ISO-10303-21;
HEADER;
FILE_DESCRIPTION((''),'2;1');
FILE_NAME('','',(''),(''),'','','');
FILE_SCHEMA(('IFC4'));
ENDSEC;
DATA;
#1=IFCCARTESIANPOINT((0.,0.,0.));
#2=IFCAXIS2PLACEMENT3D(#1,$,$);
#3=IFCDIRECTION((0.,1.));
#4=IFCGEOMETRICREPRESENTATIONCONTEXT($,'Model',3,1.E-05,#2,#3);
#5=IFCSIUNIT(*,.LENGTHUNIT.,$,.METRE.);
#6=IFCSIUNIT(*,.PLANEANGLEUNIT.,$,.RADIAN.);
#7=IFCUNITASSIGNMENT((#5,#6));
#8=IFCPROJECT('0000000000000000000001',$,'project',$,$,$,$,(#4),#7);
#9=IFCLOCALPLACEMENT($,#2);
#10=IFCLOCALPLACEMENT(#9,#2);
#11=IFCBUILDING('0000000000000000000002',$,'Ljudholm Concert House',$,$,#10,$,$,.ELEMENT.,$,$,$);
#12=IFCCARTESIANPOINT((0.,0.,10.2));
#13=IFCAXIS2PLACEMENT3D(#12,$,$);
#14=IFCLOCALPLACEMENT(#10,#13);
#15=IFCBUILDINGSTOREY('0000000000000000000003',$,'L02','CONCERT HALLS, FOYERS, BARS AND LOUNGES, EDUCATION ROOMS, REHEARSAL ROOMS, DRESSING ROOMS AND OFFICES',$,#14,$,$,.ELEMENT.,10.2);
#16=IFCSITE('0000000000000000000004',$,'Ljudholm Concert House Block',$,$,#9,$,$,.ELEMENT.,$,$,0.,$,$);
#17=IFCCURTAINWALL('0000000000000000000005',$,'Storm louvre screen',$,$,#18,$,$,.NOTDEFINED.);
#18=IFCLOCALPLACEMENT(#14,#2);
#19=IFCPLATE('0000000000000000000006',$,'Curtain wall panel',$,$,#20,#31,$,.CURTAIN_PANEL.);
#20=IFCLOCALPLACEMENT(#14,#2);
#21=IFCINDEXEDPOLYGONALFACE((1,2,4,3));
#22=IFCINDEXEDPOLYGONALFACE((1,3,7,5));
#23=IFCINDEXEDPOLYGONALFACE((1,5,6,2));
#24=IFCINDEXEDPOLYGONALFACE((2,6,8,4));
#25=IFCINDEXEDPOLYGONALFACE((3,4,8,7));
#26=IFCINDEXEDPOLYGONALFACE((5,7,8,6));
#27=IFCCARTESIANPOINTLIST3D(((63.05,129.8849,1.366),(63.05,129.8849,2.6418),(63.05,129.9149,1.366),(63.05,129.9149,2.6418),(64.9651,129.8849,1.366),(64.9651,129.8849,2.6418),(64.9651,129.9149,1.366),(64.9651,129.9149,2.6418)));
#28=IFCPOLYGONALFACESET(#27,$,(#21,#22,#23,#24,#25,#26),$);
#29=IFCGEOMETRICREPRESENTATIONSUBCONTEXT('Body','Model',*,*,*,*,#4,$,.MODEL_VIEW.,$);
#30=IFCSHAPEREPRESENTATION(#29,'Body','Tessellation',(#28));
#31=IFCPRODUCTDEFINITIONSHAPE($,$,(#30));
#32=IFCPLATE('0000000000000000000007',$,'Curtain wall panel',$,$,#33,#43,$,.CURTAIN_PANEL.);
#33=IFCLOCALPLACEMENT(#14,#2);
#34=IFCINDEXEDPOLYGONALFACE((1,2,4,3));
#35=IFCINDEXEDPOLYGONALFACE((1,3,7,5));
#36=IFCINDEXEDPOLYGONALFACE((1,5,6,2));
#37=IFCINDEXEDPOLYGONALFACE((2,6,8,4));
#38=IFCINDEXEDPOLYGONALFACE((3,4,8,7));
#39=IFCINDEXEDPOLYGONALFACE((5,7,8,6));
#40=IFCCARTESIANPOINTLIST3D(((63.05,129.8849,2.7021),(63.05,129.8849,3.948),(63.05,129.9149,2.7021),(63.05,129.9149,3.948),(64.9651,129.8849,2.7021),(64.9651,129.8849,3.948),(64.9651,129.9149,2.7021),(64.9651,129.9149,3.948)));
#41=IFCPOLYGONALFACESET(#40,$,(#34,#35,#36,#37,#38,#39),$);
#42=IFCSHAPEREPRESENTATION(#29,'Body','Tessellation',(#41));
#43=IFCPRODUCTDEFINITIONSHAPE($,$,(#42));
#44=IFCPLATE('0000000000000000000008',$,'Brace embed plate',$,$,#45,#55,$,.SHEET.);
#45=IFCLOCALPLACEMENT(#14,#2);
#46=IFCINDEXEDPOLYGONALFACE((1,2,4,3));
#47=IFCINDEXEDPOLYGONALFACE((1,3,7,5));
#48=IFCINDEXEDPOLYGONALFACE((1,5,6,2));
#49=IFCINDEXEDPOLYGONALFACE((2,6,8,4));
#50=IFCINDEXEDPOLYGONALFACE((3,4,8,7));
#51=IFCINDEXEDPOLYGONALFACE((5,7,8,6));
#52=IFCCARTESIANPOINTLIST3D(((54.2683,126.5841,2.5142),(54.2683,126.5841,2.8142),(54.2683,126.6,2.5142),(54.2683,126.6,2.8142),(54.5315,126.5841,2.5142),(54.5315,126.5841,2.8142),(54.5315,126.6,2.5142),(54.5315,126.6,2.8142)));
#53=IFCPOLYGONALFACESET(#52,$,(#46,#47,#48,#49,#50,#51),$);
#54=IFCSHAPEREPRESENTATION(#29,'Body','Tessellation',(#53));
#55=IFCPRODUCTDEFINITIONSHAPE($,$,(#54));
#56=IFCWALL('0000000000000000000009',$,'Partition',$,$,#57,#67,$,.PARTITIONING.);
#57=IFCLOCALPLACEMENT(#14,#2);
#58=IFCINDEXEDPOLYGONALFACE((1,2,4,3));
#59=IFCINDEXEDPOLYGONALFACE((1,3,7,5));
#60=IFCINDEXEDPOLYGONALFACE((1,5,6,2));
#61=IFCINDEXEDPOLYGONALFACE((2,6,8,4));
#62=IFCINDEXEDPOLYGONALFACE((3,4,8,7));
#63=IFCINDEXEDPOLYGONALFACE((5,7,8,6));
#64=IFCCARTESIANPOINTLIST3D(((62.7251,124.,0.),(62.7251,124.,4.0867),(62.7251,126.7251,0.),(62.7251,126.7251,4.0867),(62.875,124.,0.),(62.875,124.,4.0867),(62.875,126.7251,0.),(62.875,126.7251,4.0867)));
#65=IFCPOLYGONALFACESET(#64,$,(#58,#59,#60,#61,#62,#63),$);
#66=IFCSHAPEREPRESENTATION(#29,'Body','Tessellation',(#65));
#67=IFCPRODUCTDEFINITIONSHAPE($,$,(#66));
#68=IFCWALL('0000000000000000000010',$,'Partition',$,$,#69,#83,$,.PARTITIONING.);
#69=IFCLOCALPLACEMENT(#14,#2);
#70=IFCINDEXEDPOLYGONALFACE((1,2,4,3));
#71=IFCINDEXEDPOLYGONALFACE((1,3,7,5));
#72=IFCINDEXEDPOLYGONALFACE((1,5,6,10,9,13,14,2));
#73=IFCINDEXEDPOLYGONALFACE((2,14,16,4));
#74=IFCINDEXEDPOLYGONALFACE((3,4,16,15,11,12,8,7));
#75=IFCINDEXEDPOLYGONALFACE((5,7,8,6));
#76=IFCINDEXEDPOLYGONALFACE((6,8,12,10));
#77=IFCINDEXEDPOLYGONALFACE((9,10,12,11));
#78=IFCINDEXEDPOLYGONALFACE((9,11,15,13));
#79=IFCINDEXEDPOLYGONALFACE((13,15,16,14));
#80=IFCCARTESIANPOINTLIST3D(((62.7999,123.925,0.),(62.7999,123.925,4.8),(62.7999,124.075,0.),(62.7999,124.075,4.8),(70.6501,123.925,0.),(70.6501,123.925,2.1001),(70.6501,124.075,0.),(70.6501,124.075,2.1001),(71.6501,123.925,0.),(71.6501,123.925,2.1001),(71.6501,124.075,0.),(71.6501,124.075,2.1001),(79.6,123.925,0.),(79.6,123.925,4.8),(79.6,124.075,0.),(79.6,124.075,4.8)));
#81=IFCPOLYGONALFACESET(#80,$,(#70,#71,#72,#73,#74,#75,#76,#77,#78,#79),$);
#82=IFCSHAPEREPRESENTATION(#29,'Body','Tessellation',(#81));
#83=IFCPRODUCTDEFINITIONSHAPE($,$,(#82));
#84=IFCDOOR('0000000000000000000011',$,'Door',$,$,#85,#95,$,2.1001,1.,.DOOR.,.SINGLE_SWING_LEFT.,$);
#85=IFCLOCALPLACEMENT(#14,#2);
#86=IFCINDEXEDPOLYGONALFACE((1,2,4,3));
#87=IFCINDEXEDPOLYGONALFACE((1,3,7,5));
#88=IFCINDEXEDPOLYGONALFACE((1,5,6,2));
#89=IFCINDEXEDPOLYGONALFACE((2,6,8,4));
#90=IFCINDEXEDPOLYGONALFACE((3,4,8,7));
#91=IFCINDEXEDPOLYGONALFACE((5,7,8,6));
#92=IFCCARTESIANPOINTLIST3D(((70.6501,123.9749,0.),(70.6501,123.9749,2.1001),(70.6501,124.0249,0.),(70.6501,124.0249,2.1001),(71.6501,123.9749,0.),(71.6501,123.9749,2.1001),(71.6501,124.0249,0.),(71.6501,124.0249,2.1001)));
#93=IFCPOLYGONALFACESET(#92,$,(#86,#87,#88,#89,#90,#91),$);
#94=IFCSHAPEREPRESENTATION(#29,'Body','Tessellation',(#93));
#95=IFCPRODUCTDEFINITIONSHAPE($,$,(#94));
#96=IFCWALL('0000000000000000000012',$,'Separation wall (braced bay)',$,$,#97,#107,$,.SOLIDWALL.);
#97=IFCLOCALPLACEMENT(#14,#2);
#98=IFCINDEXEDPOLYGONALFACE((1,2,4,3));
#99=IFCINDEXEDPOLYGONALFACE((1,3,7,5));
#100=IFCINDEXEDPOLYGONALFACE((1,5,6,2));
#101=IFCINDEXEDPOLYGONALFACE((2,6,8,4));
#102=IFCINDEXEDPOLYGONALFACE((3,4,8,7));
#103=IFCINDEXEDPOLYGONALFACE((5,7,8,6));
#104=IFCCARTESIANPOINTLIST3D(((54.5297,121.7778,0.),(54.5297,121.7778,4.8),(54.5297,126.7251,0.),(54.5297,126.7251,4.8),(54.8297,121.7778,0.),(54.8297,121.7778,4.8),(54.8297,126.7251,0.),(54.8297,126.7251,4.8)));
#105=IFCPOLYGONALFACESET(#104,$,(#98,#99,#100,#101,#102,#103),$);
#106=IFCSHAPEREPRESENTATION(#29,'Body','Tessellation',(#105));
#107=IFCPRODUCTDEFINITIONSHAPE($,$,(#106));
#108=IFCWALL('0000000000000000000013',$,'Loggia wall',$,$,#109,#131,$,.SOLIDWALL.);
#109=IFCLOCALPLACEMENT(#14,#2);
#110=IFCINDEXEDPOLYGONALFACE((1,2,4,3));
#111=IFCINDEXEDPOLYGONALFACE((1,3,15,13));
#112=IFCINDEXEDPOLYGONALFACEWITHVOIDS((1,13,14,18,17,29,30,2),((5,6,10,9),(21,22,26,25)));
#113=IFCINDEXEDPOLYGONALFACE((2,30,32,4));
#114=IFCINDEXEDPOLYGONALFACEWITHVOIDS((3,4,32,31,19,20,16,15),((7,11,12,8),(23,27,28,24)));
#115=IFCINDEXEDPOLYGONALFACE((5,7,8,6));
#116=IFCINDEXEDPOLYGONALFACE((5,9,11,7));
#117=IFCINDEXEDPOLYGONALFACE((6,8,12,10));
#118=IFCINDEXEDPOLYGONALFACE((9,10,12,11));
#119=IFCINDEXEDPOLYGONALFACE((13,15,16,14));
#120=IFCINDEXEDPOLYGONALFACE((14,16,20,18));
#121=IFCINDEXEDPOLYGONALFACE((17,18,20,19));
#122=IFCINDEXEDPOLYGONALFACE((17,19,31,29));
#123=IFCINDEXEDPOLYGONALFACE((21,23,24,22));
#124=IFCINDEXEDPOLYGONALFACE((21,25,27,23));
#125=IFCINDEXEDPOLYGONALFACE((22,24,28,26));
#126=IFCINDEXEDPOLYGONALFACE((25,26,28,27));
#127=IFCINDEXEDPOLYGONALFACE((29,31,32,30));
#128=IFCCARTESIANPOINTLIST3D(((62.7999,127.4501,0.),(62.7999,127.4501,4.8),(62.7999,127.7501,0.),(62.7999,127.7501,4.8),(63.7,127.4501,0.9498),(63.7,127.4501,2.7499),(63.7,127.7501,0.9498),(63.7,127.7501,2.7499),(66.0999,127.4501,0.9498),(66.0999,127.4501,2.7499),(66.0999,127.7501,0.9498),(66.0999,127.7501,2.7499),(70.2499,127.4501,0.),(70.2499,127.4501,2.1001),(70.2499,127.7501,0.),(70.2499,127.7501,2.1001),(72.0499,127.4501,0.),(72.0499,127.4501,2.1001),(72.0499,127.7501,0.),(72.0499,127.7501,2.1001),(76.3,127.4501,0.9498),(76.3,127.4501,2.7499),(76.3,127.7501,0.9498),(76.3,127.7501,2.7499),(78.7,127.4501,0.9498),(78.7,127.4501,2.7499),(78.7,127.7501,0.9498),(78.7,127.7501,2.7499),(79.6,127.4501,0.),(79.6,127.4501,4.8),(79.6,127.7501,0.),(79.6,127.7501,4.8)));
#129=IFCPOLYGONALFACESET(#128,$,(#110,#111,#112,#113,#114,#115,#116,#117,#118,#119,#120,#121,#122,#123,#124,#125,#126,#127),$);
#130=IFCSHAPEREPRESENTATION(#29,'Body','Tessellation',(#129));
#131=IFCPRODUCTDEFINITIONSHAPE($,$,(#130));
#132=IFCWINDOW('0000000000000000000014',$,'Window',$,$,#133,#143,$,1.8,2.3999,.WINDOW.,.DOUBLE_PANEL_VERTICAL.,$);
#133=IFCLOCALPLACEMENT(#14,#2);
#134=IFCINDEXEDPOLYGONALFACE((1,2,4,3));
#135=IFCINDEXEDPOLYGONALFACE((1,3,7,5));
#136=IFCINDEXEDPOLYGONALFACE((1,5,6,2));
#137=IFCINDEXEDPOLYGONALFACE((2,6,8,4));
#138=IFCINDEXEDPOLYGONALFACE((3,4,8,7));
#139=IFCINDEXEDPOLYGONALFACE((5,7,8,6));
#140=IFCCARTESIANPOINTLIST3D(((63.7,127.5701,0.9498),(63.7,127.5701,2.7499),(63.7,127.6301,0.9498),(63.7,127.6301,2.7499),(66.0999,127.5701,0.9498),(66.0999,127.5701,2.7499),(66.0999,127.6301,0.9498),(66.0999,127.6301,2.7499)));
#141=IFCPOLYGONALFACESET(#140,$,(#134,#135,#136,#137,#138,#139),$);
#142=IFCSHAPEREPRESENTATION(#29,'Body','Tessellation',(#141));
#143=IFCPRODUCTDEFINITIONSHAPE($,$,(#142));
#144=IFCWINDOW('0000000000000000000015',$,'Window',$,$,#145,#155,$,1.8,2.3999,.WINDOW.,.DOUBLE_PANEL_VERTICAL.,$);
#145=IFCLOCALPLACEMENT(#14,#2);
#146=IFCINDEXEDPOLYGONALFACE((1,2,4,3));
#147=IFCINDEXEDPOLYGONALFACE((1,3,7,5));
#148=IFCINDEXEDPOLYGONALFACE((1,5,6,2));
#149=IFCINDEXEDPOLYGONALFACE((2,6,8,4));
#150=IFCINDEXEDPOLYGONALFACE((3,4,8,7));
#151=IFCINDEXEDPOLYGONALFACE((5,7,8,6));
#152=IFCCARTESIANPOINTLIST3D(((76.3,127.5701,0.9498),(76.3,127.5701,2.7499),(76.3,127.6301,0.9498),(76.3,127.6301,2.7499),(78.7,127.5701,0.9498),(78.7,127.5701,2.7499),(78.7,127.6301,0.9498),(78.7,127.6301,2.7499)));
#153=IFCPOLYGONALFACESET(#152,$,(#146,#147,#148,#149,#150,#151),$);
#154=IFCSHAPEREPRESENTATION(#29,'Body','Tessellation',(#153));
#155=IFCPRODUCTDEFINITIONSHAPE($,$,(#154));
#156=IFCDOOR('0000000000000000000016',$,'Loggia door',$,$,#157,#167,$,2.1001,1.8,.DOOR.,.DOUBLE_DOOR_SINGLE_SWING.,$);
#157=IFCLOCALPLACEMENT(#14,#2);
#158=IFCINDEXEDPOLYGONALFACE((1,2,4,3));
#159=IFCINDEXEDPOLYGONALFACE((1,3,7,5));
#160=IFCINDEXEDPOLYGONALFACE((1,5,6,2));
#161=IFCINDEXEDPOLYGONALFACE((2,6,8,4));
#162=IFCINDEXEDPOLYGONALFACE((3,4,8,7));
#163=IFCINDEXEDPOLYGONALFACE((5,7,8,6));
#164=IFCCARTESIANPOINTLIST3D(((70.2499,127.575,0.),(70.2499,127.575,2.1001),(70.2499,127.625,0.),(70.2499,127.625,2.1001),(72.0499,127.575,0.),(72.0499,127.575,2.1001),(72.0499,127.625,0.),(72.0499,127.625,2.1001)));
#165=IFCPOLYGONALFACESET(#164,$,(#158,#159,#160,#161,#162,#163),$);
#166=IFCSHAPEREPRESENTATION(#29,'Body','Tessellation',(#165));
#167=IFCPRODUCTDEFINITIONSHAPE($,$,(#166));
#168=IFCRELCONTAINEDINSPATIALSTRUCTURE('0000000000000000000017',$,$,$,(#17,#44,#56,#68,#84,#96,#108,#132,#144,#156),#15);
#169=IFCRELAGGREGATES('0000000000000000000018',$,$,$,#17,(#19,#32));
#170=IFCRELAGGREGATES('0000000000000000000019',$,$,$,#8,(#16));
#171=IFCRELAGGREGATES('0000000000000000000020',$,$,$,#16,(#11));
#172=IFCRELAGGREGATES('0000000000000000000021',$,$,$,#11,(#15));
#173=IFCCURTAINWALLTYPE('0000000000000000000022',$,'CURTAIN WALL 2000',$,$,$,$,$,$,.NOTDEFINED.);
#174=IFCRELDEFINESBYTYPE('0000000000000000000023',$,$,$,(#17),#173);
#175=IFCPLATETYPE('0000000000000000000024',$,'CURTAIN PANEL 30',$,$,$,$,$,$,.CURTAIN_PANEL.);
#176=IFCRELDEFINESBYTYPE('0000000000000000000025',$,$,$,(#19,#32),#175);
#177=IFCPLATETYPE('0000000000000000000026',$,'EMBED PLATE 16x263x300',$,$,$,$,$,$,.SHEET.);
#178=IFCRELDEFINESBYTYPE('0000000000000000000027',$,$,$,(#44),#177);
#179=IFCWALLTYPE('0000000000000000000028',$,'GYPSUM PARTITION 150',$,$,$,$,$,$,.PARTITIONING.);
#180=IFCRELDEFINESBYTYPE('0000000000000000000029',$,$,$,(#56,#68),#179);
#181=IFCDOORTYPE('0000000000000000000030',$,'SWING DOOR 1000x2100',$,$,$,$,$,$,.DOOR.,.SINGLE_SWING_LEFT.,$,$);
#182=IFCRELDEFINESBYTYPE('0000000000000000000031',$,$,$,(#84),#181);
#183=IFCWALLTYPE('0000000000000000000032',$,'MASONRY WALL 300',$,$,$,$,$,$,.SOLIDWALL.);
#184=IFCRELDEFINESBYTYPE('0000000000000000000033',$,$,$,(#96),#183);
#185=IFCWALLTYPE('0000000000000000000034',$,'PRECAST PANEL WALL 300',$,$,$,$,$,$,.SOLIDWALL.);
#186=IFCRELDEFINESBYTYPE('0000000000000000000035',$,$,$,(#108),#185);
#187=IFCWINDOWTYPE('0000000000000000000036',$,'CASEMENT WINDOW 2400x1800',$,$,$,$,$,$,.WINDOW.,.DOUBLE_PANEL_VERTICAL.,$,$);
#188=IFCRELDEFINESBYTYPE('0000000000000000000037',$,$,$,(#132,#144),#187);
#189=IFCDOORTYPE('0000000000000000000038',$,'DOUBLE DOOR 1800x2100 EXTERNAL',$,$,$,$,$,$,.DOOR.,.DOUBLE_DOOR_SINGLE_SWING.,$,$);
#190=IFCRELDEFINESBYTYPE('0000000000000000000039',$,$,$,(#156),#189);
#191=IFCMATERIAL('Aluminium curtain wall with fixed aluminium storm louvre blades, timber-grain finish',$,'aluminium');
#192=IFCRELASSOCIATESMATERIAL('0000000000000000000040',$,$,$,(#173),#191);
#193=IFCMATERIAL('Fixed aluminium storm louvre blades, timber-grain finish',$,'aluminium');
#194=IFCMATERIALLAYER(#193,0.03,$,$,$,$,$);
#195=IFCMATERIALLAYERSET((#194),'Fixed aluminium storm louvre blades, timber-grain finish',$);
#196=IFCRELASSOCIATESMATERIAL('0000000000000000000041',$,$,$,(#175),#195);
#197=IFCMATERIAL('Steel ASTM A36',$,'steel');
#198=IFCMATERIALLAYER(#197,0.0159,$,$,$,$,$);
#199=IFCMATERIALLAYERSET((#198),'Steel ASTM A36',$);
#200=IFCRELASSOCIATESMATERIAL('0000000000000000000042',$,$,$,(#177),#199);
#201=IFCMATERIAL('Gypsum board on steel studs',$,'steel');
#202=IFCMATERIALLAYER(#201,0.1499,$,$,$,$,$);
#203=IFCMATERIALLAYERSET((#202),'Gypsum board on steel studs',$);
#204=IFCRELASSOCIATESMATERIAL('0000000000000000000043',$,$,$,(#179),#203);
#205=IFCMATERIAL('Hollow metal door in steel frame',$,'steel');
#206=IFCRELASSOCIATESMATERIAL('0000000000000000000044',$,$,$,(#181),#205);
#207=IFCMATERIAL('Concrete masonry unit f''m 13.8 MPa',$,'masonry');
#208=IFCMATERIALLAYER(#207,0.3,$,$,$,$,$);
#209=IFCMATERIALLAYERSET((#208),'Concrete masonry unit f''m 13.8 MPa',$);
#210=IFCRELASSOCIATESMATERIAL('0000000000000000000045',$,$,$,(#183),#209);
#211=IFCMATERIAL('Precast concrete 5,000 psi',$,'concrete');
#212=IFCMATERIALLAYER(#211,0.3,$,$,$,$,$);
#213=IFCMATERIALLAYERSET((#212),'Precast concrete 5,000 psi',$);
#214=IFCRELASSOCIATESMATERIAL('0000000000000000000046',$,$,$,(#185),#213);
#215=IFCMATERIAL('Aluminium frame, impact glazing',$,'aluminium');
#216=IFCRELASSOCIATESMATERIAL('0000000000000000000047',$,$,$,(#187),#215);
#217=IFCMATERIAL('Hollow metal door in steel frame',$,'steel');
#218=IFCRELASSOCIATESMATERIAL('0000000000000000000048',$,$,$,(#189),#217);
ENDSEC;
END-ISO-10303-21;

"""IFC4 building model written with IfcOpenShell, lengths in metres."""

from ifc_helpers import new_model, si_unit, direction, frame, frame_2d, origin, origin_2d, place, context, subcontext, project, spatial, rectangle, extrude, material, layer, layer_set, type_object, element, fill, aggregate, save


model = new_model("IFC4")

# Units and contexts
model_context = context("Model", 3, precision=1e-05, world=origin(), true_north=direction((0.0, 1.0)))
body_context = subcontext(model_context, "Body", "Model", "MODEL_VIEW")
ifc_project = project(units=[si_unit("LENGTHUNIT", "METRE"), si_unit("PLANEANGLEUNIT", "RADIAN")], contexts=[model_context])

# Site, building, storey
site_placement = place(None, origin())
site = spatial("IfcSite", under=ifc_project, at=site_placement, Name="Ljudholm Concert House Block", CompositionType="ELEMENT", RefElevation=0.0)
building_placement = place(site_placement, origin())
building = spatial("IfcBuilding", under=site, at=building_placement, Name="Ljudholm Concert House", CompositionType="ELEMENT")
storey_placement = place(building_placement, frame((0.0, 0.0, 10.2)))
storey = spatial("IfcBuildingStorey", under=building, at=storey_placement, Name="L02", Description="CONCERT HALLS, FOYERS, BARS AND LOUNGES, EDUCATION ROOMS, REHEARSAL ROOMS, DRESSING ROOMS AND OFFICES", CompositionType="ELEMENT", Elevation=10.2)

# Curtain wall
ifc_material_1 = material(Name="Aluminium curtain wall with fixed aluminium storm louvre blades, timber-grain finish", Category="aluminium")
curtain_wall_type_1 = type_object("IfcCurtainWallType", Name="CURTAIN WALL 2000", PredefinedType="NOTDEFINED", material=ifc_material_1)
curtain_wall_1_placement = place(storey_placement, origin())
curtain_wall_1 = element("IfcCurtainWall", 1, at=curtain_wall_1_placement, inside=storey, type_object=curtain_wall_type_1, Name="Storm louvre screen", PredefinedType="NOTDEFINED")

# Plates
ifc_material_2 = material(Name="Fixed aluminium storm louvre blades, timber-grain finish", Category="aluminium")
ifc_layer_1 = layer(ifc_material_2, 0.03)
ifc_layer_set_1 = layer_set([ifc_layer_1], Name="Fixed aluminium storm louvre blades, timber-grain finish")
plate_type_1 = type_object("IfcPlateType", Name="CURTAIN PANEL 30", PredefinedType="CURTAIN_PANEL", material=ifc_layer_set_1)
plate_1_placement = place(storey_placement, frame((64.0076, 129.8999, 1.366), z_axis=(0.0, 0.0, 1.0), x_axis=(1.0, 0.0, 0.0)))
plate_1 = element("IfcPlate", 2, at=plate_1_placement, type_object=plate_type_1, Name="Curtain wall panel", PredefinedType="CURTAIN_PANEL", context=body_context, shape_type="SweptSolid", body=[
    extrude(rectangle(XDim=1.915, YDim=0.03, at=origin_2d()), origin(), (0.0, 0.0, 1.0), 1.2759),
])
plate_2_placement = place(storey_placement, frame((64.0076, 129.8999, 2.7021), z_axis=(0.0, 0.0, 1.0), x_axis=(1.0, 0.0, 0.0)))
plate_2 = element("IfcPlate", 3, at=plate_2_placement, type_object=plate_type_1, Name="Curtain wall panel", PredefinedType="CURTAIN_PANEL", context=body_context, shape_type="SweptSolid", body=[
    extrude(rectangle(XDim=1.915, YDim=0.03, at=origin_2d()), origin(), (0.0, 0.0, 1.0), 1.2458),
])
aggregate(curtain_wall_1, [plate_1, plate_2])
ifc_material_3 = material(Name="Steel ASTM A36", Category="steel")
ifc_layer_2 = layer(ifc_material_3, 0.0159)
ifc_layer_set_2 = layer_set([ifc_layer_2], Name="Steel ASTM A36")
plate_type_2 = type_object("IfcPlateType", Name="EMBED PLATE 16x263x300", PredefinedType="SHEET", material=ifc_layer_set_2)
plate_3_placement = place(storey_placement, frame((54.3999, 126.592, 2.5142), z_axis=(0.0, 0.0, 1.0), x_axis=(1.0, 0.0, 0.0)))
element("IfcPlate", 4, at=plate_3_placement, inside=storey, type_object=plate_type_2, Name="Brace embed plate", PredefinedType="SHEET", context=body_context, shape_type="SweptSolid", body=[
    extrude(rectangle(XDim=0.2632, YDim=0.0159, at=origin_2d()), origin(), (0.0, 0.0, 1.0), 0.3),
])

# Wall
ifc_material_4 = material(Name="Gypsum board on steel studs", Category="steel")
ifc_layer_3 = layer(ifc_material_4, 0.1499)
ifc_layer_set_3 = layer_set([ifc_layer_3], Name="Gypsum board on steel studs")
wall_type_1 = type_object("IfcWallType", Name="GYPSUM PARTITION 150", PredefinedType="PARTITIONING", material=ifc_layer_set_3)
wall_1_placement = place(storey_placement, frame((62.8, 124.0, 0.0), z_axis=(0.0, 0.0, 1.0), x_axis=(0.0, 1.0, 0.0)))
element("IfcWall", 5, at=wall_1_placement, inside=storey, type_object=wall_type_1, Name="Partition", PredefinedType="PARTITIONING", context=body_context, shape_type="SweptSolid", body=[
    extrude(rectangle(XDim=2.7251, YDim=0.1499, at=frame_2d((1.3625, 0.0))), origin(), (0.0, 0.0, 1.0), 4.0867),
])

# Wall, opening, door
wall_2_placement = place(storey_placement, frame((62.8, 124.0, 0.0), z_axis=(0.0, 0.0, 1.0), x_axis=(1.0, 0.0, 0.0)))
wall_2 = element("IfcWall", 6, at=wall_2_placement, inside=storey, type_object=wall_type_1, Name="Partition", PredefinedType="PARTITIONING", context=body_context, shape_type="SweptSolid", body=[
    extrude(rectangle(XDim=16.8, YDim=0.1499, at=frame_2d((8.3999, 0.0))), origin(), (0.0, 0.0, 1.0), 4.8),
])
opening_1_placement = place(wall_2_placement, frame((7.8501, 0.0, 0.0)))
opening_1 = element("IfcOpeningElement", 7, at=opening_1_placement, cuts=wall_2, PredefinedType="OPENING", context=body_context, shape_type="SweptSolid", body=[
    extrude(rectangle(XDim=1.0, YDim=2.1001, at=frame_2d((0.5, 1.05))), frame((0.0, 0.085, 0.0), z_axis=(0.0, -1.0, 0.0), x_axis=(1.0, 0.0, 0.0)), (0.0, 0.0, 1.0), 0.1699),
])
ifc_material_5 = material(Name="Hollow metal door in steel frame", Category="steel")
door_type_1 = type_object("IfcDoorType", Name="SWING DOOR 1000x2100", OperationType="SINGLE_SWING_LEFT", PredefinedType="DOOR", material=ifc_material_5)
door_1_placement = place(opening_1_placement, origin())
door_1 = element("IfcDoor", 8, at=door_1_placement, inside=storey, type_object=door_type_1, Name="Door", OperationType="SINGLE_SWING_LEFT", OverallHeight=2.1001, OverallWidth=1.0, PredefinedType="DOOR", context=body_context, shape_type="SweptSolid", body=[
    extrude(rectangle(XDim=1.0, YDim=2.1001, at=frame_2d((0.5, 1.05))), frame((0.0, 0.0249, 0.0), z_axis=(0.0, -1.0, 0.0), x_axis=(1.0, 0.0, 0.0)), (0.0, 0.0, 1.0), 0.05),
])
fill(opening_1, door_1)

# Wall
ifc_material_6 = material(Name="Concrete masonry unit f'm 13.8 MPa", Category="masonry")
ifc_layer_4 = layer(ifc_material_6, 0.3)
ifc_layer_set_4 = layer_set([ifc_layer_4], Name="Concrete masonry unit f'm 13.8 MPa")
wall_type_2 = type_object("IfcWallType", Name="MASONRY WALL 300", PredefinedType="SOLIDWALL", material=ifc_layer_set_4)
wall_3_placement = place(storey_placement, frame((54.6797, 121.7778, 0.0), z_axis=(0.0, 0.0, 1.0), x_axis=(0.0, 1.0, 0.0)))
element("IfcWall", 9, at=wall_3_placement, inside=storey, type_object=wall_type_2, Name="Separation wall (braced bay)", PredefinedType="SOLIDWALL", context=body_context, shape_type="SweptSolid", body=[
    extrude(rectangle(XDim=4.9473, YDim=0.3, at=frame_2d((2.4736, 0.0))), origin(), (0.0, 0.0, 1.0), 4.8),
])

# Wall, openings, windows, door
ifc_material_7 = material(Name="Precast concrete 5,000 psi", Category="concrete")
ifc_layer_5 = layer(ifc_material_7, 0.3)
ifc_layer_set_5 = layer_set([ifc_layer_5], Name="Precast concrete 5,000 psi")
wall_type_3 = type_object("IfcWallType", Name="PRECAST PANEL WALL 300", PredefinedType="SOLIDWALL", material=ifc_layer_set_5)
wall_4_placement = place(storey_placement, frame((62.8, 127.6001, 0.0), z_axis=(0.0, 0.0, 1.0), x_axis=(1.0, 0.0, 0.0)))
wall_4 = element("IfcWall", 10, at=wall_4_placement, inside=storey, type_object=wall_type_3, Name="Loggia wall", PredefinedType="SOLIDWALL", context=body_context, shape_type="SweptSolid", body=[
    extrude(rectangle(XDim=16.8, YDim=0.3, at=frame_2d((8.3999, 0.0))), origin(), (0.0, 0.0, 1.0), 4.8),
])
opening_2_placement = place(wall_4_placement, frame((7.45, 0.0, 0.0)))
opening_2 = element("IfcOpeningElement", 11, at=opening_2_placement, cuts=wall_4, PredefinedType="OPENING", context=body_context, shape_type="SweptSolid", body=[
    extrude(rectangle(XDim=1.8, YDim=2.1001, at=frame_2d((0.8999, 1.05))), frame((0.0, 0.1599, 0.0), z_axis=(0.0, -1.0, 0.0), x_axis=(1.0, 0.0, 0.0)), (0.0, 0.0, 1.0), 0.3201),
])
opening_3_placement = place(wall_4_placement, frame((0.8999, 0.0, 0.95)))
opening_3 = element("IfcOpeningElement", 12, at=opening_3_placement, cuts=wall_4, PredefinedType="OPENING", context=body_context, shape_type="SweptSolid", body=[
    extrude(rectangle(XDim=2.3999, YDim=1.8, at=frame_2d((1.2, 0.8999))), frame((0.0, 0.1599, 0.0), z_axis=(0.0, -1.0, 0.0), x_axis=(1.0, 0.0, 0.0)), (0.0, 0.0, 1.0), 0.3201),
])
opening_4_placement = place(wall_4_placement, frame((13.5, 0.0, 0.95)))
opening_4 = element("IfcOpeningElement", 13, at=opening_4_placement, cuts=wall_4, PredefinedType="OPENING", context=body_context, shape_type="SweptSolid", body=[
    extrude(rectangle(XDim=2.3999, YDim=1.8, at=frame_2d((1.2, 0.8999))), frame((0.0, 0.1599, 0.0), z_axis=(0.0, -1.0, 0.0), x_axis=(1.0, 0.0, 0.0)), (0.0, 0.0, 1.0), 0.3201),
])
ifc_material_8 = material(Name="Aluminium frame, impact glazing", Category="aluminium")
window_type = type_object("IfcWindowType", Name="CASEMENT WINDOW 2400x1800", PartitioningType="DOUBLE_PANEL_VERTICAL", PredefinedType="WINDOW", material=ifc_material_8)
window_1_placement = place(opening_3_placement, origin())
window_1 = element("IfcWindow", 14, at=window_1_placement, inside=storey, type_object=window_type, Name="Window", OverallHeight=1.8, OverallWidth=2.3999, PartitioningType="DOUBLE_PANEL_VERTICAL", PredefinedType="WINDOW", context=body_context, shape_type="SweptSolid", body=[
    extrude(rectangle(XDim=2.3999, YDim=1.8, at=frame_2d((1.2, 0.8999))), frame((0.0, 0.03, 0.0), z_axis=(0.0, -1.0, 0.0), x_axis=(1.0, 0.0, 0.0)), (0.0, 0.0, 1.0), 0.0601),
])
fill(opening_3, window_1)
window_2_placement = place(opening_4_placement, origin())
window_2 = element("IfcWindow", 15, at=window_2_placement, inside=storey, type_object=window_type, Name="Window", OverallHeight=1.8, OverallWidth=2.3999, PartitioningType="DOUBLE_PANEL_VERTICAL", PredefinedType="WINDOW", context=body_context, shape_type="SweptSolid", body=[
    extrude(rectangle(XDim=2.3999, YDim=1.8, at=frame_2d((1.2, 0.8999))), frame((0.0, 0.03, 0.0), z_axis=(0.0, -1.0, 0.0), x_axis=(1.0, 0.0, 0.0)), (0.0, 0.0, 1.0), 0.0601),
])
fill(opening_4, window_2)
ifc_material_9 = material(Name="Hollow metal door in steel frame", Category="steel")
door_type_2 = type_object("IfcDoorType", Name="DOUBLE DOOR 1800x2100 EXTERNAL", OperationType="DOUBLE_DOOR_SINGLE_SWING", PredefinedType="DOOR", material=ifc_material_9)
door_2_placement = place(opening_2_placement, origin())
door_2 = element("IfcDoor", 16, at=door_2_placement, inside=storey, type_object=door_type_2, Name="Loggia door", OperationType="DOUBLE_DOOR_SINGLE_SWING", OverallHeight=2.1001, OverallWidth=1.8, PredefinedType="DOOR", context=body_context, shape_type="SweptSolid", body=[
    extrude(rectangle(XDim=1.8, YDim=2.1001, at=frame_2d((0.8999, 1.05))), frame((0.0, 0.0249, 0.0), z_axis=(0.0, -1.0, 0.0), x_axis=(1.0, 0.0, 0.0)), (0.0, 0.0, 1.0), 0.05),
])
fill(opening_2, door_2)

save(model, "model.ifc")
